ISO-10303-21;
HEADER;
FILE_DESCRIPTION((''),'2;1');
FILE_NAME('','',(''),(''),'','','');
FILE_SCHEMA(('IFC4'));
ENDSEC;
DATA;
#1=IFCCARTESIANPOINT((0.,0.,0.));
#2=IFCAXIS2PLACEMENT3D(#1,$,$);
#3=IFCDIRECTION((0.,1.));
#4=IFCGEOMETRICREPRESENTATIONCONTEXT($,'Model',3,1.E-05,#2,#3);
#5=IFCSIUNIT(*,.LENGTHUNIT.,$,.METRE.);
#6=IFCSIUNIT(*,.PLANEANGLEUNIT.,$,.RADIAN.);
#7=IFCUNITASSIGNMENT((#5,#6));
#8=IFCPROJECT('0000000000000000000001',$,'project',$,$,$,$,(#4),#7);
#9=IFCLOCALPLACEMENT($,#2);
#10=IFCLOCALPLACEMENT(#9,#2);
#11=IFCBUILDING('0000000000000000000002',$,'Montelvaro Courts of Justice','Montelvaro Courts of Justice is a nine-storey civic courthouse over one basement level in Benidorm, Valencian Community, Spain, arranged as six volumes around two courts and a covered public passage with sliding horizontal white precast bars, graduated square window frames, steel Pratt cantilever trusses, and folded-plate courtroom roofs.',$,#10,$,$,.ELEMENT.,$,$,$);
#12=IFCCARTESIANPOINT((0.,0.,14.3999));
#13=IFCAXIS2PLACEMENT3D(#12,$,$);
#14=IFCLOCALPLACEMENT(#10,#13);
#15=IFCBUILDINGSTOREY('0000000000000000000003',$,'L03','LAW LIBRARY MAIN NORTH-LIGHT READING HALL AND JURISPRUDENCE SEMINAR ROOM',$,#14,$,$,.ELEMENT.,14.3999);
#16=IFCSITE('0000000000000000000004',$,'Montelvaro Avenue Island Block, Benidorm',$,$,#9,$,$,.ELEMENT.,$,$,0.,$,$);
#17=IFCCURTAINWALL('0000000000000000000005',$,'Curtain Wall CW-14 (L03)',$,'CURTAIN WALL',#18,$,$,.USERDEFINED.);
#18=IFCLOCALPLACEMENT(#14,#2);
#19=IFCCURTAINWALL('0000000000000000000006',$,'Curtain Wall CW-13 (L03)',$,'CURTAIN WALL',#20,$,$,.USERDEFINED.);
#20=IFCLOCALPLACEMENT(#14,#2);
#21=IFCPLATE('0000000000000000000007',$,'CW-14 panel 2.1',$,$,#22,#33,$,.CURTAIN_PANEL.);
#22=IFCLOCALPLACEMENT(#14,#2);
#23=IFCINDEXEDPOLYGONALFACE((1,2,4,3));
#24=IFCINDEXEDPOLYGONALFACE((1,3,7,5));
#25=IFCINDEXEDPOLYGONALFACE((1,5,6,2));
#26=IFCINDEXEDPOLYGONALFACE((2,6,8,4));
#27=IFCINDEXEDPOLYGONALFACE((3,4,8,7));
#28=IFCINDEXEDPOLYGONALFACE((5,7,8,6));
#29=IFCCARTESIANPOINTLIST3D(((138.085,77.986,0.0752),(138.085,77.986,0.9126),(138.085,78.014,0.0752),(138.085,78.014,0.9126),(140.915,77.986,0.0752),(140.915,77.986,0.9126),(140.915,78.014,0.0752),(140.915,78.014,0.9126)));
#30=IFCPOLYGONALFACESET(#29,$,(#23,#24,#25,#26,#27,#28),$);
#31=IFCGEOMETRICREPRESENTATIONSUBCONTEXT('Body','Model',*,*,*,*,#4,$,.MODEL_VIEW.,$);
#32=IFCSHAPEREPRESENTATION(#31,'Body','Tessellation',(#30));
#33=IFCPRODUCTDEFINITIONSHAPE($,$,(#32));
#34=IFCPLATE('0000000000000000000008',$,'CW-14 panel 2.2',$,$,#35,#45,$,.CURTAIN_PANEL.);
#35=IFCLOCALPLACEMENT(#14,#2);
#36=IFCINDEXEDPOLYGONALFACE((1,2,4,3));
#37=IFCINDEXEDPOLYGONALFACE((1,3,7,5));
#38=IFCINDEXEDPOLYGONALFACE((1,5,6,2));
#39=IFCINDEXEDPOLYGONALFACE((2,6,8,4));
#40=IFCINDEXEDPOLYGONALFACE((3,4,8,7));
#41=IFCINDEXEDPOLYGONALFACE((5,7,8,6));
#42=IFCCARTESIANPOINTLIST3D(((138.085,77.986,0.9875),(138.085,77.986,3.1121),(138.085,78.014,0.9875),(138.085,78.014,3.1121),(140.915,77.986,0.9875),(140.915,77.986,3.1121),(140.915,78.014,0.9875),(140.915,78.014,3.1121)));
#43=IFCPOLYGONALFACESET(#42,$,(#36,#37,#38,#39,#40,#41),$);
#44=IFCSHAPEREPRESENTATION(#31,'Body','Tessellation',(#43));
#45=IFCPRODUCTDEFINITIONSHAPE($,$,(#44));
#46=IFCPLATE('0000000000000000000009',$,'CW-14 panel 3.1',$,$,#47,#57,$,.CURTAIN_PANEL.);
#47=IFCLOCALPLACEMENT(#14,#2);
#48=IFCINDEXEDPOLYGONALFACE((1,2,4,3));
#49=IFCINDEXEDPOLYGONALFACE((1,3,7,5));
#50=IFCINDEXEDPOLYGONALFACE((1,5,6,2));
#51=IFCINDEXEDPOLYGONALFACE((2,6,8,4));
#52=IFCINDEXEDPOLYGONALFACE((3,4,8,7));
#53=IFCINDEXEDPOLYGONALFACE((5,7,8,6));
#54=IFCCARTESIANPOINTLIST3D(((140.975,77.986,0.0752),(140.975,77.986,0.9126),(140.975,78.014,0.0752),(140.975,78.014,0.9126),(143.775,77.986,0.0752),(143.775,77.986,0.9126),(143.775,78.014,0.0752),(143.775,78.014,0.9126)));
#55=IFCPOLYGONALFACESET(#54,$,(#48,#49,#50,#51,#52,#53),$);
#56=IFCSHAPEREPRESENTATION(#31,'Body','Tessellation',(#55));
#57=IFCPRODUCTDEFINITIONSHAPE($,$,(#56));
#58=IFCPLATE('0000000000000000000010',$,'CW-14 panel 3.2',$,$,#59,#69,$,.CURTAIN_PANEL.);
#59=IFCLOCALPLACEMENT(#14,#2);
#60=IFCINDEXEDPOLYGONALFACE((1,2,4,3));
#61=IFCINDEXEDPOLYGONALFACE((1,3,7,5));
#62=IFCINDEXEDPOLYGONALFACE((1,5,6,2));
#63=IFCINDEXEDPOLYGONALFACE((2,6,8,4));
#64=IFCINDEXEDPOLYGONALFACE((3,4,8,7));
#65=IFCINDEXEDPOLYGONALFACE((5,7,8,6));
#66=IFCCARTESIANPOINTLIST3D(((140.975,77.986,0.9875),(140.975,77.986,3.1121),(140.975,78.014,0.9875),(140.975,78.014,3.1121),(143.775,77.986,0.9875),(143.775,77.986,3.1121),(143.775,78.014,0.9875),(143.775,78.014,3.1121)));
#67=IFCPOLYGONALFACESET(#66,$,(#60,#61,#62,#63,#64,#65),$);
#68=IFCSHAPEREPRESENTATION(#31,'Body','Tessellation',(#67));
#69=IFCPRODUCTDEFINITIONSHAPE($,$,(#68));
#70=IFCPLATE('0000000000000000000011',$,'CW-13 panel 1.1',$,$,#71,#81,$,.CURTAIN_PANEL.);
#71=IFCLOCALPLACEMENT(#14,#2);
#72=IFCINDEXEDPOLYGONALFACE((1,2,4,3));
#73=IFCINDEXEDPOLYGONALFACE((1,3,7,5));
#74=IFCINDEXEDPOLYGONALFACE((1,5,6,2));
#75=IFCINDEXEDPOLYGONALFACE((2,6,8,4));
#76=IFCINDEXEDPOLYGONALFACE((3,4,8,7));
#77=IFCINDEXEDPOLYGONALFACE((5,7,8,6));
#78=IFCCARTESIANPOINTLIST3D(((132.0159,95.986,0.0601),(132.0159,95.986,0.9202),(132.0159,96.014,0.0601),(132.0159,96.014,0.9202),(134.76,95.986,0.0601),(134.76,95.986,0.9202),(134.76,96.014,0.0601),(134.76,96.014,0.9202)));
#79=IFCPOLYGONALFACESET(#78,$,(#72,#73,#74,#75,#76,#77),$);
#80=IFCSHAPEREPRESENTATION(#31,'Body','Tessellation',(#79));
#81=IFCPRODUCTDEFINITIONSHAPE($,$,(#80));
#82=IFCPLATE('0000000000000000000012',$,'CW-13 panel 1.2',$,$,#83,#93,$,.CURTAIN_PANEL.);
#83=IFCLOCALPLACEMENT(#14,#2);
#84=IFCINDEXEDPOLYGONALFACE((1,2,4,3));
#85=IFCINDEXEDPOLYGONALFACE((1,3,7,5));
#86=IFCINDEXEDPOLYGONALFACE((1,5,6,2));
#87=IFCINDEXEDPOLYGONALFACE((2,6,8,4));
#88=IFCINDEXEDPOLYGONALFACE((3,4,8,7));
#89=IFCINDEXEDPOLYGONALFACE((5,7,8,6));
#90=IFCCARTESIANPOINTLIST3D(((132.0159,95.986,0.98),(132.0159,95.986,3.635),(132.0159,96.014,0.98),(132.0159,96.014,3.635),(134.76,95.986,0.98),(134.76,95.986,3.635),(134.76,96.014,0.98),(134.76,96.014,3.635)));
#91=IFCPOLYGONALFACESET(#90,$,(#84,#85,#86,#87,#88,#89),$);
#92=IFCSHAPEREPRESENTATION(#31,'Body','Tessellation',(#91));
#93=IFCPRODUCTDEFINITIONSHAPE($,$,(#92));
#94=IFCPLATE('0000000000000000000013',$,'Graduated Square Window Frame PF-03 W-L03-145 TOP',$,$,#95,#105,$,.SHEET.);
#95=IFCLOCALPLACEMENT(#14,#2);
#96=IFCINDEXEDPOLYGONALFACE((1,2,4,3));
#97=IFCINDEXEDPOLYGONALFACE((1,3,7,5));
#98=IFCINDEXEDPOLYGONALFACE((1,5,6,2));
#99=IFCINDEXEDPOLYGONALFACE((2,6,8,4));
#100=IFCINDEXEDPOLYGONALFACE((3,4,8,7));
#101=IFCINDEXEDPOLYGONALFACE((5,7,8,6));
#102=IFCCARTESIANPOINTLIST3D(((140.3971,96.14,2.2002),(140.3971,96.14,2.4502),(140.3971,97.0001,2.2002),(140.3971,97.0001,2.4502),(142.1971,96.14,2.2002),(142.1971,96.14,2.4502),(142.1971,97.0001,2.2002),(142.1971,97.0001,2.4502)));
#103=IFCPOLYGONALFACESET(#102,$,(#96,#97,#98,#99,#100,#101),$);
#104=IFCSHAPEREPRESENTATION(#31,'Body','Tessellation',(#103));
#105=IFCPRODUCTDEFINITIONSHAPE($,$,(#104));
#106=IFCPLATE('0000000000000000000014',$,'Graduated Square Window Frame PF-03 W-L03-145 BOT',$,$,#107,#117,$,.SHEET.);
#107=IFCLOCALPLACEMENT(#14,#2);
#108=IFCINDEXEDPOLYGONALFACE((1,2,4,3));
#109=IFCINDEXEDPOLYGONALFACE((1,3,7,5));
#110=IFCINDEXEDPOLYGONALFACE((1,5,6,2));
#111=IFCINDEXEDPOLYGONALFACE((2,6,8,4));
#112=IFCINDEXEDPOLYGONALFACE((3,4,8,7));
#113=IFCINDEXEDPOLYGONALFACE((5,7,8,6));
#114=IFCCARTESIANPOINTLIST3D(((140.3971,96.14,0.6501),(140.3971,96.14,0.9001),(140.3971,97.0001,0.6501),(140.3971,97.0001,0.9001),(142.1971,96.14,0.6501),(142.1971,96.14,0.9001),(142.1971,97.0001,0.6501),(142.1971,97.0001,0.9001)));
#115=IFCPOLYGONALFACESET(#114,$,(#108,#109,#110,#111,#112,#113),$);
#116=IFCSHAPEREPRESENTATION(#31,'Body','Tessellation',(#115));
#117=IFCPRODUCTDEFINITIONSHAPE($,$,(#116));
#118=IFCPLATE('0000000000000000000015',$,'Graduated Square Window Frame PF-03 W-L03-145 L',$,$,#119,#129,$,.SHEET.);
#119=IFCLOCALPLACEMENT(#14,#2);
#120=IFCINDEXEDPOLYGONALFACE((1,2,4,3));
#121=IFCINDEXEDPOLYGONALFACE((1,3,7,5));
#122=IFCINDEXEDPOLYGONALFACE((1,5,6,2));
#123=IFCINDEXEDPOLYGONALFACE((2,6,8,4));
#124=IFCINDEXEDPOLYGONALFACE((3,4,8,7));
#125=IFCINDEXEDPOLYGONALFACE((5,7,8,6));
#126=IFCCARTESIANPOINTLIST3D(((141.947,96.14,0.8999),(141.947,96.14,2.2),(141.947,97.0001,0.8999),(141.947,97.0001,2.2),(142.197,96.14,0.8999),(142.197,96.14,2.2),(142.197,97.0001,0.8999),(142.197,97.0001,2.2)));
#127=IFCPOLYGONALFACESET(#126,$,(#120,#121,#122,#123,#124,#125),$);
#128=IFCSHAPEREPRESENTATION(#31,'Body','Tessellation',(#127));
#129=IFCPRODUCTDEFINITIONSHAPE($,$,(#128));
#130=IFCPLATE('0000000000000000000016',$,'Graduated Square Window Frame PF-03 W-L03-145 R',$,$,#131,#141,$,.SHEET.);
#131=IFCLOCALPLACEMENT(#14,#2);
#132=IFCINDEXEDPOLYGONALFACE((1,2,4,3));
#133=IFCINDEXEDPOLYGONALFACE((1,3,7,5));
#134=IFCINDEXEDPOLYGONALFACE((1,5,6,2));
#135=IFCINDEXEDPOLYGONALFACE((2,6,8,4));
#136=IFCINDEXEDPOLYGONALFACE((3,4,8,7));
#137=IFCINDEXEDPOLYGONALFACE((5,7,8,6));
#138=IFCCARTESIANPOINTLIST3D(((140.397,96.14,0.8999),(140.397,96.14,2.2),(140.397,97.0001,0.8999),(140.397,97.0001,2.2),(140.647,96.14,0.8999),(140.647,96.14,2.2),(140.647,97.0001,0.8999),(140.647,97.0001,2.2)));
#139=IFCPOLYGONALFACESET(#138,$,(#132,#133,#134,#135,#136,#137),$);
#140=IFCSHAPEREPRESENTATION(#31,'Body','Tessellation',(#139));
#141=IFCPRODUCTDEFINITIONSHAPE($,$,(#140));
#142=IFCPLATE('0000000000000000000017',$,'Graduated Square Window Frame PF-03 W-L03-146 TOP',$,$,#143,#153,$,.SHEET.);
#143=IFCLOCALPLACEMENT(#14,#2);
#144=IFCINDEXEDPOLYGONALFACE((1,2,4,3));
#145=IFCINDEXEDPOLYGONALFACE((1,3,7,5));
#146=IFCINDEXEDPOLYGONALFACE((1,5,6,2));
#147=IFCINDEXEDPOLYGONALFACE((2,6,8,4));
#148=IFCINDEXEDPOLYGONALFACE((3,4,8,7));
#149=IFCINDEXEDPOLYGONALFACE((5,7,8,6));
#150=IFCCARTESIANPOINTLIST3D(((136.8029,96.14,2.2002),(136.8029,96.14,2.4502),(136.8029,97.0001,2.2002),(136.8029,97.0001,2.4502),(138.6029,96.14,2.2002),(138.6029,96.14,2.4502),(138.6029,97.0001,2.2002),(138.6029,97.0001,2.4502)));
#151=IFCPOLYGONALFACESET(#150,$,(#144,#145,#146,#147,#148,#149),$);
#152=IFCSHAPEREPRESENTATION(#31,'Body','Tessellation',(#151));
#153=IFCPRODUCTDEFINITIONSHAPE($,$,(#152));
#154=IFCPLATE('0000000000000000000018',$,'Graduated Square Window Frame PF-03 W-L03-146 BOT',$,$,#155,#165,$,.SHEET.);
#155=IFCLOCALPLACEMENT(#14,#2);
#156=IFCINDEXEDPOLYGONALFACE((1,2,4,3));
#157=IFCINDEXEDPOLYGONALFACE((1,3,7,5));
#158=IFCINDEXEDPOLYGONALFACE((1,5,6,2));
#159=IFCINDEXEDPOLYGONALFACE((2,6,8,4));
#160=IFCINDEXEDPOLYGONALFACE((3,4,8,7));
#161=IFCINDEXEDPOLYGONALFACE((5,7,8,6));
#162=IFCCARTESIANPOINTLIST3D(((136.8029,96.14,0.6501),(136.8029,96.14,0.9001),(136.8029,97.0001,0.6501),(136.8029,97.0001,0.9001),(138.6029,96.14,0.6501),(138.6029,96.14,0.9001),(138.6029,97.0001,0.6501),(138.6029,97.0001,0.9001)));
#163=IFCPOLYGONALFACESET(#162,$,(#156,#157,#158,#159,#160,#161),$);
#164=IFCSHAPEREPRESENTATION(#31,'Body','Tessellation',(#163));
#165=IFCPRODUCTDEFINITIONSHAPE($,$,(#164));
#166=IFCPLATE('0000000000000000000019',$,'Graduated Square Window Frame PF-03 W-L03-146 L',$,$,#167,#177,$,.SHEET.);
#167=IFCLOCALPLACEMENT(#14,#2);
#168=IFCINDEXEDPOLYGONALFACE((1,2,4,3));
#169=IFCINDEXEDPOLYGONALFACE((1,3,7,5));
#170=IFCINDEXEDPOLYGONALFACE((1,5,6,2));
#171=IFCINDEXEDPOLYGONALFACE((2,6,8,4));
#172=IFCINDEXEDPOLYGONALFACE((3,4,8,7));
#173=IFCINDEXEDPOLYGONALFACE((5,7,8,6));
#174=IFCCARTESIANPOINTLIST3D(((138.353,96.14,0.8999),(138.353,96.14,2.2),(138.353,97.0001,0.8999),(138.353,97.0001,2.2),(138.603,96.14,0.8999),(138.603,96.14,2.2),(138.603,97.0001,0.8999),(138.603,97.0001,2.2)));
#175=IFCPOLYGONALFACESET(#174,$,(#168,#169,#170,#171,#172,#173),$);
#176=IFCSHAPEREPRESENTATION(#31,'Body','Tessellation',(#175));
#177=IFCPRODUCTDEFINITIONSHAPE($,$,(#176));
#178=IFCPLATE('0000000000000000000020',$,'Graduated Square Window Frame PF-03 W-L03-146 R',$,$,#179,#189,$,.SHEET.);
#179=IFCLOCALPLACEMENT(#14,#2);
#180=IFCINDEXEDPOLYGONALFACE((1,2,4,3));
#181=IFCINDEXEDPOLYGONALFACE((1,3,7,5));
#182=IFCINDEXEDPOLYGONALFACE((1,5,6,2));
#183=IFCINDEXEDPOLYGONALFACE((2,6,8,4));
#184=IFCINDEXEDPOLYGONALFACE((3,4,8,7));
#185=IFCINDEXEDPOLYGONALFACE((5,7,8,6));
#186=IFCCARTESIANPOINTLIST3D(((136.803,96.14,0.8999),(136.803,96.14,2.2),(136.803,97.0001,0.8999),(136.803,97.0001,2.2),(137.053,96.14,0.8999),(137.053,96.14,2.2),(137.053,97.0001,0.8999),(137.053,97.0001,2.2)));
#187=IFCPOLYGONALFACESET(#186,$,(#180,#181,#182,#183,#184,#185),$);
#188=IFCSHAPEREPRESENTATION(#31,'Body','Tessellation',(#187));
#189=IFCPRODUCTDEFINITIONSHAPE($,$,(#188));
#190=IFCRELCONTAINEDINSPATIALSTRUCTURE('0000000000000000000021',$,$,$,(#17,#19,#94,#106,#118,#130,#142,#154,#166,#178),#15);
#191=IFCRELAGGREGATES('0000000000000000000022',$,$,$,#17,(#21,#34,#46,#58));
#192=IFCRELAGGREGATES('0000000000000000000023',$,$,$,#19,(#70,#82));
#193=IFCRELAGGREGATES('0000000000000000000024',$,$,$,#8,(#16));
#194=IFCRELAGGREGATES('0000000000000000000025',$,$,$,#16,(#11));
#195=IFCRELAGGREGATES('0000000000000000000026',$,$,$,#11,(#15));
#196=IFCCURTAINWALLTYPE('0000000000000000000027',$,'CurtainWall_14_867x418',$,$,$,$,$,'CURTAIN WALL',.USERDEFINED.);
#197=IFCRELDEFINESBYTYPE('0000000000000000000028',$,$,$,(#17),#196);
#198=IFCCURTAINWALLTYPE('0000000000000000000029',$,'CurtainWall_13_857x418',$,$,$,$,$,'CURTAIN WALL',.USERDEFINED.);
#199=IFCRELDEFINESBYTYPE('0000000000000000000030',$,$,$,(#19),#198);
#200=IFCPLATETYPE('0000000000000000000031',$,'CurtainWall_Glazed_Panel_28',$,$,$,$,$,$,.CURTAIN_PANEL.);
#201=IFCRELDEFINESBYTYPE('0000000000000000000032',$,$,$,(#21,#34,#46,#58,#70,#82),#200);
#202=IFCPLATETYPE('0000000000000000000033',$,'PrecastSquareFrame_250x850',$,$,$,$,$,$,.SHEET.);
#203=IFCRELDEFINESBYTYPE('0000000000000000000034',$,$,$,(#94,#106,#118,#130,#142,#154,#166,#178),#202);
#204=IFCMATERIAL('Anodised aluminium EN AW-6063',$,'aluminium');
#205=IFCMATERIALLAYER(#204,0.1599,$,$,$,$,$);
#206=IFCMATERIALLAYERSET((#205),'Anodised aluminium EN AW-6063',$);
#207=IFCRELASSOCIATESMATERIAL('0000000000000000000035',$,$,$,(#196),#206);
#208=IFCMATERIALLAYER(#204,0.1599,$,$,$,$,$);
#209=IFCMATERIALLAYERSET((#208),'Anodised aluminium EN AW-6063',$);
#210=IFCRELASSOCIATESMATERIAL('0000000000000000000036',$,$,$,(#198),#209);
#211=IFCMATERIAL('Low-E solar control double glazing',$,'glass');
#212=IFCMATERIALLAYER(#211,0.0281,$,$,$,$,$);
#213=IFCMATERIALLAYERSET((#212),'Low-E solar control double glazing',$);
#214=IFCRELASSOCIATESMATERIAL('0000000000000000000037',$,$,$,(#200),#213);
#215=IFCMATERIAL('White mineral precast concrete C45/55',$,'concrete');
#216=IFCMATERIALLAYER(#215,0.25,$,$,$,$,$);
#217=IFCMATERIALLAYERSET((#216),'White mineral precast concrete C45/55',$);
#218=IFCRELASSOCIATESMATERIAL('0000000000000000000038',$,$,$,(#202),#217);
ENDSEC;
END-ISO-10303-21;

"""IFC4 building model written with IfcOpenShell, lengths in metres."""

from ifc_helpers import new_model, si_unit, direction, frame, origin, origin_2d, place, context, subcontext, project, spatial, rectangle, extrude, material, layer, layer_set, type_object, element, aggregate, save


model = new_model("IFC4")

# Units and contexts
model_context = context("Model", 3, precision=1e-05, world=origin(), true_north=direction((0.0, 1.0)))
body_context = subcontext(model_context, "Body", "Model", "MODEL_VIEW")
ifc_project = project(units=[si_unit("LENGTHUNIT", "METRE"), si_unit("PLANEANGLEUNIT", "RADIAN")], contexts=[model_context])

# Site, building, storey
site_placement = place(None, origin())
site = spatial("IfcSite", under=ifc_project, at=site_placement, Name="Montelvaro Avenue Island Block, Benidorm", CompositionType="ELEMENT", RefElevation=0.0)
building_placement = place(site_placement, origin())
building = spatial("IfcBuilding", under=site, at=building_placement, Name="Montelvaro Courts of Justice", Description="Montelvaro Courts of Justice is a nine-storey civic courthouse over one basement level in Benidorm, Valencian Community, Spain, arranged as six volumes around two courts and a covered public passage with sliding horizontal white precast bars, graduated square window frames, steel Pratt cantilever trusses, and folded-plate courtroom roofs.", CompositionType="ELEMENT")
storey_placement = place(building_placement, frame((0.0, 0.0, 14.3999)))
storey = spatial("IfcBuildingStorey", under=building, at=storey_placement, Name="L03", Description="LAW LIBRARY MAIN NORTH-LIGHT READING HALL AND JURISPRUDENCE SEMINAR ROOM", CompositionType="ELEMENT", Elevation=14.3999)

# Curtain walls
ifc_material_1 = material(Name="Anodised aluminium EN AW-6063", Category="aluminium")
ifc_layer_1 = layer(ifc_material_1, 0.1599)
ifc_layer_set_1 = layer_set([ifc_layer_1], Name="Anodised aluminium EN AW-6063")
curtain_wall_type_1 = type_object("IfcCurtainWallType", Name="CurtainWall_14_867x418", ElementType="CURTAIN WALL", PredefinedType="USERDEFINED", material=ifc_layer_set_1)
curtain_wall_1_placement = place(storey_placement, origin())
curtain_wall_1 = element("IfcCurtainWall", 1, at=curtain_wall_1_placement, inside=storey, type_object=curtain_wall_type_1, Name="Curtain Wall CW-14 (L03)", ObjectType="CURTAIN WALL", PredefinedType="USERDEFINED")
ifc_layer_2 = layer(ifc_material_1, 0.1599)
ifc_layer_set_2 = layer_set([ifc_layer_2], Name="Anodised aluminium EN AW-6063")
curtain_wall_type_2 = type_object("IfcCurtainWallType", Name="CurtainWall_13_857x418", ElementType="CURTAIN WALL", PredefinedType="USERDEFINED", material=ifc_layer_set_2)
curtain_wall_2_placement = place(storey_placement, origin())
curtain_wall_2 = element("IfcCurtainWall", 2, at=curtain_wall_2_placement, inside=storey, type_object=curtain_wall_type_2, Name="Curtain Wall CW-13 (L03)", ObjectType="CURTAIN WALL", PredefinedType="USERDEFINED")

# Plates
ifc_material_2 = material(Name="Low-E solar control double glazing", Category="glass")
ifc_layer_3 = layer(ifc_material_2, 0.0281)
ifc_layer_set_3 = layer_set([ifc_layer_3], Name="Low-E solar control double glazing")
plate_type_1 = type_object("IfcPlateType", Name="CurtainWall_Glazed_Panel_28", PredefinedType="CURTAIN_PANEL", material=ifc_layer_set_3)
plate_1_placement = place(storey_placement, frame((139.5, 78.0, 0.0752), z_axis=(0.0, 0.0, 1.0), x_axis=(1.0, 0.0, 0.0)))
plate_1 = element("IfcPlate", 3, at=plate_1_placement, type_object=plate_type_1, Name="CW-14 panel 2.1", PredefinedType="CURTAIN_PANEL", context=body_context, shape_type="SweptSolid", body=[
    extrude(rectangle(XDim=2.8301, YDim=0.0281, at=origin_2d()), origin(), (0.0, 0.0, 1.0), 0.8374),
])
plate_2_placement = place(storey_placement, frame((139.5, 78.0, 0.9875), z_axis=(0.0, 0.0, 1.0), x_axis=(1.0, 0.0, 0.0)))
plate_2 = element("IfcPlate", 4, at=plate_2_placement, type_object=plate_type_1, Name="CW-14 panel 2.2", PredefinedType="CURTAIN_PANEL", context=body_context, shape_type="SweptSolid", body=[
    extrude(rectangle(XDim=2.8301, YDim=0.0281, at=origin_2d()), origin(), (0.0, 0.0, 1.0), 2.1245),
])
plate_3_placement = place(storey_placement, frame((142.375, 78.0, 0.0752), z_axis=(0.0, 0.0, 1.0), x_axis=(1.0, 0.0, 0.0)))
plate_3 = element("IfcPlate", 5, at=plate_3_placement, type_object=plate_type_1, Name="CW-14 panel 3.1", PredefinedType="CURTAIN_PANEL", context=body_context, shape_type="SweptSolid", body=[
    extrude(rectangle(XDim=2.8, YDim=0.0281, at=origin_2d()), origin(), (0.0, 0.0, 1.0), 0.8374),
])
plate_4_placement = place(storey_placement, frame((142.375, 78.0, 0.9875), z_axis=(0.0, 0.0, 1.0), x_axis=(1.0, 0.0, 0.0)))
plate_4 = element("IfcPlate", 6, at=plate_4_placement, type_object=plate_type_1, Name="CW-14 panel 3.2", PredefinedType="CURTAIN_PANEL", context=body_context, shape_type="SweptSolid", body=[
    extrude(rectangle(XDim=2.8, YDim=0.0281, at=origin_2d()), origin(), (0.0, 0.0, 1.0), 2.1245),
])
aggregate(curtain_wall_1, [plate_1, plate_2, plate_3, plate_4])
plate_5_placement = place(storey_placement, frame((133.3879, 96.0, 0.0601), z_axis=(0.0, 0.0, 1.0), x_axis=(-1.0, 0.0, 0.0)))
plate_5 = element("IfcPlate", 7, at=plate_5_placement, type_object=plate_type_1, Name="CW-13 panel 1.1", PredefinedType="CURTAIN_PANEL", context=body_context, shape_type="SweptSolid", body=[
    extrude(rectangle(XDim=2.7441, YDim=0.0281, at=origin_2d()), origin(), (0.0, 0.0, 1.0), 0.8601),
])
plate_6_placement = place(storey_placement, frame((133.3879, 96.0, 0.98), z_axis=(0.0, 0.0, 1.0), x_axis=(-1.0, 0.0, 0.0)))
plate_6 = element("IfcPlate", 8, at=plate_6_placement, type_object=plate_type_1, Name="CW-13 panel 1.2", PredefinedType="CURTAIN_PANEL", context=body_context, shape_type="SweptSolid", body=[
    extrude(rectangle(XDim=2.7441, YDim=0.0281, at=origin_2d()), origin(), (0.0, 0.0, 1.0), 2.655),
])
aggregate(curtain_wall_2, [plate_5, plate_6])

# Plates
ifc_material_3 = material(Name="White mineral precast concrete C45/55", Category="concrete")
ifc_layer_4 = layer(ifc_material_3, 0.25)
ifc_layer_set_4 = layer_set([ifc_layer_4], Name="White mineral precast concrete C45/55")
plate_type_2 = type_object("IfcPlateType", Name="PrecastSquareFrame_250x850", PredefinedType="SHEET", material=ifc_layer_set_4)
for number, where, z_axis, x_axis, name in (
    (9, (141.2971, 96.5701, 2.2002), (0.0, 0.0, 1.0), (-1.0, 0.0, 0.0), "Graduated Square Window Frame PF-03 W-L03-145 TOP"),
    (10, (141.2971, 96.5701, 0.6501), (0.0, 0.0, 1.0), (-1.0, 0.0, 0.0), "Graduated Square Window Frame PF-03 W-L03-145 BOT"),
):
    element("IfcPlate", number, at=place(storey_placement, frame(where, z_axis=z_axis, x_axis=x_axis)), inside=storey, type_object=plate_type_2, Name=name, PredefinedType="SHEET", context=body_context, shape_type="SweptSolid", body=[
        extrude(rectangle(XDim=1.8, YDim=0.8601, at=origin_2d()), origin(), (0.0, 0.0, 1.0), 0.25),
    ])
for number, where, z_axis, x_axis, name in (
    (11, (142.072, 96.5701, 0.8999), (0.0, 0.0, 1.0), (-1.0, 0.0, 0.0), "Graduated Square Window Frame PF-03 W-L03-145 L"),
    (12, (140.522, 96.5701, 0.8999), (0.0, 0.0, 1.0), (-1.0, 0.0, 0.0), "Graduated Square Window Frame PF-03 W-L03-145 R"),
):
    element("IfcPlate", number, at=place(storey_placement, frame(where, z_axis=z_axis, x_axis=x_axis)), inside=storey, type_object=plate_type_2, Name=name, PredefinedType="SHEET", context=body_context, shape_type="SweptSolid", body=[
        extrude(rectangle(XDim=0.25, YDim=0.8601, at=origin_2d()), origin(), (0.0, 0.0, 1.0), 1.3),
    ])
for number, where, z_axis, x_axis, name in (
    (13, (137.7029, 96.5701, 2.2002), (0.0, 0.0, 1.0), (-1.0, 0.0, 0.0), "Graduated Square Window Frame PF-03 W-L03-146 TOP"),
    (14, (137.7029, 96.5701, 0.6501), (0.0, 0.0, 1.0), (-1.0, 0.0, 0.0), "Graduated Square Window Frame PF-03 W-L03-146 BOT"),
):
    element("IfcPlate", number, at=place(storey_placement, frame(where, z_axis=z_axis, x_axis=x_axis)), inside=storey, type_object=plate_type_2, Name=name, PredefinedType="SHEET", context=body_context, shape_type="SweptSolid", body=[
        extrude(rectangle(XDim=1.8, YDim=0.8601, at=origin_2d()), origin(), (0.0, 0.0, 1.0), 0.25),
    ])
for number, where, z_axis, x_axis, name in (
    (15, (138.478, 96.5701, 0.8999), (0.0, 0.0, 1.0), (-1.0, 0.0, 0.0), "Graduated Square Window Frame PF-03 W-L03-146 L"),
    (16, (136.928, 96.5701, 0.8999), (0.0, 0.0, 1.0), (-1.0, 0.0, 0.0), "Graduated Square Window Frame PF-03 W-L03-146 R"),
):
    element("IfcPlate", number, at=place(storey_placement, frame(where, z_axis=z_axis, x_axis=x_axis)), inside=storey, type_object=plate_type_2, Name=name, PredefinedType="SHEET", context=body_context, shape_type="SweptSolid", body=[
        extrude(rectangle(XDim=0.25, YDim=0.8601, at=origin_2d()), origin(), (0.0, 0.0, 1.0), 1.3),
    ])

save(model, "model.ifc")
